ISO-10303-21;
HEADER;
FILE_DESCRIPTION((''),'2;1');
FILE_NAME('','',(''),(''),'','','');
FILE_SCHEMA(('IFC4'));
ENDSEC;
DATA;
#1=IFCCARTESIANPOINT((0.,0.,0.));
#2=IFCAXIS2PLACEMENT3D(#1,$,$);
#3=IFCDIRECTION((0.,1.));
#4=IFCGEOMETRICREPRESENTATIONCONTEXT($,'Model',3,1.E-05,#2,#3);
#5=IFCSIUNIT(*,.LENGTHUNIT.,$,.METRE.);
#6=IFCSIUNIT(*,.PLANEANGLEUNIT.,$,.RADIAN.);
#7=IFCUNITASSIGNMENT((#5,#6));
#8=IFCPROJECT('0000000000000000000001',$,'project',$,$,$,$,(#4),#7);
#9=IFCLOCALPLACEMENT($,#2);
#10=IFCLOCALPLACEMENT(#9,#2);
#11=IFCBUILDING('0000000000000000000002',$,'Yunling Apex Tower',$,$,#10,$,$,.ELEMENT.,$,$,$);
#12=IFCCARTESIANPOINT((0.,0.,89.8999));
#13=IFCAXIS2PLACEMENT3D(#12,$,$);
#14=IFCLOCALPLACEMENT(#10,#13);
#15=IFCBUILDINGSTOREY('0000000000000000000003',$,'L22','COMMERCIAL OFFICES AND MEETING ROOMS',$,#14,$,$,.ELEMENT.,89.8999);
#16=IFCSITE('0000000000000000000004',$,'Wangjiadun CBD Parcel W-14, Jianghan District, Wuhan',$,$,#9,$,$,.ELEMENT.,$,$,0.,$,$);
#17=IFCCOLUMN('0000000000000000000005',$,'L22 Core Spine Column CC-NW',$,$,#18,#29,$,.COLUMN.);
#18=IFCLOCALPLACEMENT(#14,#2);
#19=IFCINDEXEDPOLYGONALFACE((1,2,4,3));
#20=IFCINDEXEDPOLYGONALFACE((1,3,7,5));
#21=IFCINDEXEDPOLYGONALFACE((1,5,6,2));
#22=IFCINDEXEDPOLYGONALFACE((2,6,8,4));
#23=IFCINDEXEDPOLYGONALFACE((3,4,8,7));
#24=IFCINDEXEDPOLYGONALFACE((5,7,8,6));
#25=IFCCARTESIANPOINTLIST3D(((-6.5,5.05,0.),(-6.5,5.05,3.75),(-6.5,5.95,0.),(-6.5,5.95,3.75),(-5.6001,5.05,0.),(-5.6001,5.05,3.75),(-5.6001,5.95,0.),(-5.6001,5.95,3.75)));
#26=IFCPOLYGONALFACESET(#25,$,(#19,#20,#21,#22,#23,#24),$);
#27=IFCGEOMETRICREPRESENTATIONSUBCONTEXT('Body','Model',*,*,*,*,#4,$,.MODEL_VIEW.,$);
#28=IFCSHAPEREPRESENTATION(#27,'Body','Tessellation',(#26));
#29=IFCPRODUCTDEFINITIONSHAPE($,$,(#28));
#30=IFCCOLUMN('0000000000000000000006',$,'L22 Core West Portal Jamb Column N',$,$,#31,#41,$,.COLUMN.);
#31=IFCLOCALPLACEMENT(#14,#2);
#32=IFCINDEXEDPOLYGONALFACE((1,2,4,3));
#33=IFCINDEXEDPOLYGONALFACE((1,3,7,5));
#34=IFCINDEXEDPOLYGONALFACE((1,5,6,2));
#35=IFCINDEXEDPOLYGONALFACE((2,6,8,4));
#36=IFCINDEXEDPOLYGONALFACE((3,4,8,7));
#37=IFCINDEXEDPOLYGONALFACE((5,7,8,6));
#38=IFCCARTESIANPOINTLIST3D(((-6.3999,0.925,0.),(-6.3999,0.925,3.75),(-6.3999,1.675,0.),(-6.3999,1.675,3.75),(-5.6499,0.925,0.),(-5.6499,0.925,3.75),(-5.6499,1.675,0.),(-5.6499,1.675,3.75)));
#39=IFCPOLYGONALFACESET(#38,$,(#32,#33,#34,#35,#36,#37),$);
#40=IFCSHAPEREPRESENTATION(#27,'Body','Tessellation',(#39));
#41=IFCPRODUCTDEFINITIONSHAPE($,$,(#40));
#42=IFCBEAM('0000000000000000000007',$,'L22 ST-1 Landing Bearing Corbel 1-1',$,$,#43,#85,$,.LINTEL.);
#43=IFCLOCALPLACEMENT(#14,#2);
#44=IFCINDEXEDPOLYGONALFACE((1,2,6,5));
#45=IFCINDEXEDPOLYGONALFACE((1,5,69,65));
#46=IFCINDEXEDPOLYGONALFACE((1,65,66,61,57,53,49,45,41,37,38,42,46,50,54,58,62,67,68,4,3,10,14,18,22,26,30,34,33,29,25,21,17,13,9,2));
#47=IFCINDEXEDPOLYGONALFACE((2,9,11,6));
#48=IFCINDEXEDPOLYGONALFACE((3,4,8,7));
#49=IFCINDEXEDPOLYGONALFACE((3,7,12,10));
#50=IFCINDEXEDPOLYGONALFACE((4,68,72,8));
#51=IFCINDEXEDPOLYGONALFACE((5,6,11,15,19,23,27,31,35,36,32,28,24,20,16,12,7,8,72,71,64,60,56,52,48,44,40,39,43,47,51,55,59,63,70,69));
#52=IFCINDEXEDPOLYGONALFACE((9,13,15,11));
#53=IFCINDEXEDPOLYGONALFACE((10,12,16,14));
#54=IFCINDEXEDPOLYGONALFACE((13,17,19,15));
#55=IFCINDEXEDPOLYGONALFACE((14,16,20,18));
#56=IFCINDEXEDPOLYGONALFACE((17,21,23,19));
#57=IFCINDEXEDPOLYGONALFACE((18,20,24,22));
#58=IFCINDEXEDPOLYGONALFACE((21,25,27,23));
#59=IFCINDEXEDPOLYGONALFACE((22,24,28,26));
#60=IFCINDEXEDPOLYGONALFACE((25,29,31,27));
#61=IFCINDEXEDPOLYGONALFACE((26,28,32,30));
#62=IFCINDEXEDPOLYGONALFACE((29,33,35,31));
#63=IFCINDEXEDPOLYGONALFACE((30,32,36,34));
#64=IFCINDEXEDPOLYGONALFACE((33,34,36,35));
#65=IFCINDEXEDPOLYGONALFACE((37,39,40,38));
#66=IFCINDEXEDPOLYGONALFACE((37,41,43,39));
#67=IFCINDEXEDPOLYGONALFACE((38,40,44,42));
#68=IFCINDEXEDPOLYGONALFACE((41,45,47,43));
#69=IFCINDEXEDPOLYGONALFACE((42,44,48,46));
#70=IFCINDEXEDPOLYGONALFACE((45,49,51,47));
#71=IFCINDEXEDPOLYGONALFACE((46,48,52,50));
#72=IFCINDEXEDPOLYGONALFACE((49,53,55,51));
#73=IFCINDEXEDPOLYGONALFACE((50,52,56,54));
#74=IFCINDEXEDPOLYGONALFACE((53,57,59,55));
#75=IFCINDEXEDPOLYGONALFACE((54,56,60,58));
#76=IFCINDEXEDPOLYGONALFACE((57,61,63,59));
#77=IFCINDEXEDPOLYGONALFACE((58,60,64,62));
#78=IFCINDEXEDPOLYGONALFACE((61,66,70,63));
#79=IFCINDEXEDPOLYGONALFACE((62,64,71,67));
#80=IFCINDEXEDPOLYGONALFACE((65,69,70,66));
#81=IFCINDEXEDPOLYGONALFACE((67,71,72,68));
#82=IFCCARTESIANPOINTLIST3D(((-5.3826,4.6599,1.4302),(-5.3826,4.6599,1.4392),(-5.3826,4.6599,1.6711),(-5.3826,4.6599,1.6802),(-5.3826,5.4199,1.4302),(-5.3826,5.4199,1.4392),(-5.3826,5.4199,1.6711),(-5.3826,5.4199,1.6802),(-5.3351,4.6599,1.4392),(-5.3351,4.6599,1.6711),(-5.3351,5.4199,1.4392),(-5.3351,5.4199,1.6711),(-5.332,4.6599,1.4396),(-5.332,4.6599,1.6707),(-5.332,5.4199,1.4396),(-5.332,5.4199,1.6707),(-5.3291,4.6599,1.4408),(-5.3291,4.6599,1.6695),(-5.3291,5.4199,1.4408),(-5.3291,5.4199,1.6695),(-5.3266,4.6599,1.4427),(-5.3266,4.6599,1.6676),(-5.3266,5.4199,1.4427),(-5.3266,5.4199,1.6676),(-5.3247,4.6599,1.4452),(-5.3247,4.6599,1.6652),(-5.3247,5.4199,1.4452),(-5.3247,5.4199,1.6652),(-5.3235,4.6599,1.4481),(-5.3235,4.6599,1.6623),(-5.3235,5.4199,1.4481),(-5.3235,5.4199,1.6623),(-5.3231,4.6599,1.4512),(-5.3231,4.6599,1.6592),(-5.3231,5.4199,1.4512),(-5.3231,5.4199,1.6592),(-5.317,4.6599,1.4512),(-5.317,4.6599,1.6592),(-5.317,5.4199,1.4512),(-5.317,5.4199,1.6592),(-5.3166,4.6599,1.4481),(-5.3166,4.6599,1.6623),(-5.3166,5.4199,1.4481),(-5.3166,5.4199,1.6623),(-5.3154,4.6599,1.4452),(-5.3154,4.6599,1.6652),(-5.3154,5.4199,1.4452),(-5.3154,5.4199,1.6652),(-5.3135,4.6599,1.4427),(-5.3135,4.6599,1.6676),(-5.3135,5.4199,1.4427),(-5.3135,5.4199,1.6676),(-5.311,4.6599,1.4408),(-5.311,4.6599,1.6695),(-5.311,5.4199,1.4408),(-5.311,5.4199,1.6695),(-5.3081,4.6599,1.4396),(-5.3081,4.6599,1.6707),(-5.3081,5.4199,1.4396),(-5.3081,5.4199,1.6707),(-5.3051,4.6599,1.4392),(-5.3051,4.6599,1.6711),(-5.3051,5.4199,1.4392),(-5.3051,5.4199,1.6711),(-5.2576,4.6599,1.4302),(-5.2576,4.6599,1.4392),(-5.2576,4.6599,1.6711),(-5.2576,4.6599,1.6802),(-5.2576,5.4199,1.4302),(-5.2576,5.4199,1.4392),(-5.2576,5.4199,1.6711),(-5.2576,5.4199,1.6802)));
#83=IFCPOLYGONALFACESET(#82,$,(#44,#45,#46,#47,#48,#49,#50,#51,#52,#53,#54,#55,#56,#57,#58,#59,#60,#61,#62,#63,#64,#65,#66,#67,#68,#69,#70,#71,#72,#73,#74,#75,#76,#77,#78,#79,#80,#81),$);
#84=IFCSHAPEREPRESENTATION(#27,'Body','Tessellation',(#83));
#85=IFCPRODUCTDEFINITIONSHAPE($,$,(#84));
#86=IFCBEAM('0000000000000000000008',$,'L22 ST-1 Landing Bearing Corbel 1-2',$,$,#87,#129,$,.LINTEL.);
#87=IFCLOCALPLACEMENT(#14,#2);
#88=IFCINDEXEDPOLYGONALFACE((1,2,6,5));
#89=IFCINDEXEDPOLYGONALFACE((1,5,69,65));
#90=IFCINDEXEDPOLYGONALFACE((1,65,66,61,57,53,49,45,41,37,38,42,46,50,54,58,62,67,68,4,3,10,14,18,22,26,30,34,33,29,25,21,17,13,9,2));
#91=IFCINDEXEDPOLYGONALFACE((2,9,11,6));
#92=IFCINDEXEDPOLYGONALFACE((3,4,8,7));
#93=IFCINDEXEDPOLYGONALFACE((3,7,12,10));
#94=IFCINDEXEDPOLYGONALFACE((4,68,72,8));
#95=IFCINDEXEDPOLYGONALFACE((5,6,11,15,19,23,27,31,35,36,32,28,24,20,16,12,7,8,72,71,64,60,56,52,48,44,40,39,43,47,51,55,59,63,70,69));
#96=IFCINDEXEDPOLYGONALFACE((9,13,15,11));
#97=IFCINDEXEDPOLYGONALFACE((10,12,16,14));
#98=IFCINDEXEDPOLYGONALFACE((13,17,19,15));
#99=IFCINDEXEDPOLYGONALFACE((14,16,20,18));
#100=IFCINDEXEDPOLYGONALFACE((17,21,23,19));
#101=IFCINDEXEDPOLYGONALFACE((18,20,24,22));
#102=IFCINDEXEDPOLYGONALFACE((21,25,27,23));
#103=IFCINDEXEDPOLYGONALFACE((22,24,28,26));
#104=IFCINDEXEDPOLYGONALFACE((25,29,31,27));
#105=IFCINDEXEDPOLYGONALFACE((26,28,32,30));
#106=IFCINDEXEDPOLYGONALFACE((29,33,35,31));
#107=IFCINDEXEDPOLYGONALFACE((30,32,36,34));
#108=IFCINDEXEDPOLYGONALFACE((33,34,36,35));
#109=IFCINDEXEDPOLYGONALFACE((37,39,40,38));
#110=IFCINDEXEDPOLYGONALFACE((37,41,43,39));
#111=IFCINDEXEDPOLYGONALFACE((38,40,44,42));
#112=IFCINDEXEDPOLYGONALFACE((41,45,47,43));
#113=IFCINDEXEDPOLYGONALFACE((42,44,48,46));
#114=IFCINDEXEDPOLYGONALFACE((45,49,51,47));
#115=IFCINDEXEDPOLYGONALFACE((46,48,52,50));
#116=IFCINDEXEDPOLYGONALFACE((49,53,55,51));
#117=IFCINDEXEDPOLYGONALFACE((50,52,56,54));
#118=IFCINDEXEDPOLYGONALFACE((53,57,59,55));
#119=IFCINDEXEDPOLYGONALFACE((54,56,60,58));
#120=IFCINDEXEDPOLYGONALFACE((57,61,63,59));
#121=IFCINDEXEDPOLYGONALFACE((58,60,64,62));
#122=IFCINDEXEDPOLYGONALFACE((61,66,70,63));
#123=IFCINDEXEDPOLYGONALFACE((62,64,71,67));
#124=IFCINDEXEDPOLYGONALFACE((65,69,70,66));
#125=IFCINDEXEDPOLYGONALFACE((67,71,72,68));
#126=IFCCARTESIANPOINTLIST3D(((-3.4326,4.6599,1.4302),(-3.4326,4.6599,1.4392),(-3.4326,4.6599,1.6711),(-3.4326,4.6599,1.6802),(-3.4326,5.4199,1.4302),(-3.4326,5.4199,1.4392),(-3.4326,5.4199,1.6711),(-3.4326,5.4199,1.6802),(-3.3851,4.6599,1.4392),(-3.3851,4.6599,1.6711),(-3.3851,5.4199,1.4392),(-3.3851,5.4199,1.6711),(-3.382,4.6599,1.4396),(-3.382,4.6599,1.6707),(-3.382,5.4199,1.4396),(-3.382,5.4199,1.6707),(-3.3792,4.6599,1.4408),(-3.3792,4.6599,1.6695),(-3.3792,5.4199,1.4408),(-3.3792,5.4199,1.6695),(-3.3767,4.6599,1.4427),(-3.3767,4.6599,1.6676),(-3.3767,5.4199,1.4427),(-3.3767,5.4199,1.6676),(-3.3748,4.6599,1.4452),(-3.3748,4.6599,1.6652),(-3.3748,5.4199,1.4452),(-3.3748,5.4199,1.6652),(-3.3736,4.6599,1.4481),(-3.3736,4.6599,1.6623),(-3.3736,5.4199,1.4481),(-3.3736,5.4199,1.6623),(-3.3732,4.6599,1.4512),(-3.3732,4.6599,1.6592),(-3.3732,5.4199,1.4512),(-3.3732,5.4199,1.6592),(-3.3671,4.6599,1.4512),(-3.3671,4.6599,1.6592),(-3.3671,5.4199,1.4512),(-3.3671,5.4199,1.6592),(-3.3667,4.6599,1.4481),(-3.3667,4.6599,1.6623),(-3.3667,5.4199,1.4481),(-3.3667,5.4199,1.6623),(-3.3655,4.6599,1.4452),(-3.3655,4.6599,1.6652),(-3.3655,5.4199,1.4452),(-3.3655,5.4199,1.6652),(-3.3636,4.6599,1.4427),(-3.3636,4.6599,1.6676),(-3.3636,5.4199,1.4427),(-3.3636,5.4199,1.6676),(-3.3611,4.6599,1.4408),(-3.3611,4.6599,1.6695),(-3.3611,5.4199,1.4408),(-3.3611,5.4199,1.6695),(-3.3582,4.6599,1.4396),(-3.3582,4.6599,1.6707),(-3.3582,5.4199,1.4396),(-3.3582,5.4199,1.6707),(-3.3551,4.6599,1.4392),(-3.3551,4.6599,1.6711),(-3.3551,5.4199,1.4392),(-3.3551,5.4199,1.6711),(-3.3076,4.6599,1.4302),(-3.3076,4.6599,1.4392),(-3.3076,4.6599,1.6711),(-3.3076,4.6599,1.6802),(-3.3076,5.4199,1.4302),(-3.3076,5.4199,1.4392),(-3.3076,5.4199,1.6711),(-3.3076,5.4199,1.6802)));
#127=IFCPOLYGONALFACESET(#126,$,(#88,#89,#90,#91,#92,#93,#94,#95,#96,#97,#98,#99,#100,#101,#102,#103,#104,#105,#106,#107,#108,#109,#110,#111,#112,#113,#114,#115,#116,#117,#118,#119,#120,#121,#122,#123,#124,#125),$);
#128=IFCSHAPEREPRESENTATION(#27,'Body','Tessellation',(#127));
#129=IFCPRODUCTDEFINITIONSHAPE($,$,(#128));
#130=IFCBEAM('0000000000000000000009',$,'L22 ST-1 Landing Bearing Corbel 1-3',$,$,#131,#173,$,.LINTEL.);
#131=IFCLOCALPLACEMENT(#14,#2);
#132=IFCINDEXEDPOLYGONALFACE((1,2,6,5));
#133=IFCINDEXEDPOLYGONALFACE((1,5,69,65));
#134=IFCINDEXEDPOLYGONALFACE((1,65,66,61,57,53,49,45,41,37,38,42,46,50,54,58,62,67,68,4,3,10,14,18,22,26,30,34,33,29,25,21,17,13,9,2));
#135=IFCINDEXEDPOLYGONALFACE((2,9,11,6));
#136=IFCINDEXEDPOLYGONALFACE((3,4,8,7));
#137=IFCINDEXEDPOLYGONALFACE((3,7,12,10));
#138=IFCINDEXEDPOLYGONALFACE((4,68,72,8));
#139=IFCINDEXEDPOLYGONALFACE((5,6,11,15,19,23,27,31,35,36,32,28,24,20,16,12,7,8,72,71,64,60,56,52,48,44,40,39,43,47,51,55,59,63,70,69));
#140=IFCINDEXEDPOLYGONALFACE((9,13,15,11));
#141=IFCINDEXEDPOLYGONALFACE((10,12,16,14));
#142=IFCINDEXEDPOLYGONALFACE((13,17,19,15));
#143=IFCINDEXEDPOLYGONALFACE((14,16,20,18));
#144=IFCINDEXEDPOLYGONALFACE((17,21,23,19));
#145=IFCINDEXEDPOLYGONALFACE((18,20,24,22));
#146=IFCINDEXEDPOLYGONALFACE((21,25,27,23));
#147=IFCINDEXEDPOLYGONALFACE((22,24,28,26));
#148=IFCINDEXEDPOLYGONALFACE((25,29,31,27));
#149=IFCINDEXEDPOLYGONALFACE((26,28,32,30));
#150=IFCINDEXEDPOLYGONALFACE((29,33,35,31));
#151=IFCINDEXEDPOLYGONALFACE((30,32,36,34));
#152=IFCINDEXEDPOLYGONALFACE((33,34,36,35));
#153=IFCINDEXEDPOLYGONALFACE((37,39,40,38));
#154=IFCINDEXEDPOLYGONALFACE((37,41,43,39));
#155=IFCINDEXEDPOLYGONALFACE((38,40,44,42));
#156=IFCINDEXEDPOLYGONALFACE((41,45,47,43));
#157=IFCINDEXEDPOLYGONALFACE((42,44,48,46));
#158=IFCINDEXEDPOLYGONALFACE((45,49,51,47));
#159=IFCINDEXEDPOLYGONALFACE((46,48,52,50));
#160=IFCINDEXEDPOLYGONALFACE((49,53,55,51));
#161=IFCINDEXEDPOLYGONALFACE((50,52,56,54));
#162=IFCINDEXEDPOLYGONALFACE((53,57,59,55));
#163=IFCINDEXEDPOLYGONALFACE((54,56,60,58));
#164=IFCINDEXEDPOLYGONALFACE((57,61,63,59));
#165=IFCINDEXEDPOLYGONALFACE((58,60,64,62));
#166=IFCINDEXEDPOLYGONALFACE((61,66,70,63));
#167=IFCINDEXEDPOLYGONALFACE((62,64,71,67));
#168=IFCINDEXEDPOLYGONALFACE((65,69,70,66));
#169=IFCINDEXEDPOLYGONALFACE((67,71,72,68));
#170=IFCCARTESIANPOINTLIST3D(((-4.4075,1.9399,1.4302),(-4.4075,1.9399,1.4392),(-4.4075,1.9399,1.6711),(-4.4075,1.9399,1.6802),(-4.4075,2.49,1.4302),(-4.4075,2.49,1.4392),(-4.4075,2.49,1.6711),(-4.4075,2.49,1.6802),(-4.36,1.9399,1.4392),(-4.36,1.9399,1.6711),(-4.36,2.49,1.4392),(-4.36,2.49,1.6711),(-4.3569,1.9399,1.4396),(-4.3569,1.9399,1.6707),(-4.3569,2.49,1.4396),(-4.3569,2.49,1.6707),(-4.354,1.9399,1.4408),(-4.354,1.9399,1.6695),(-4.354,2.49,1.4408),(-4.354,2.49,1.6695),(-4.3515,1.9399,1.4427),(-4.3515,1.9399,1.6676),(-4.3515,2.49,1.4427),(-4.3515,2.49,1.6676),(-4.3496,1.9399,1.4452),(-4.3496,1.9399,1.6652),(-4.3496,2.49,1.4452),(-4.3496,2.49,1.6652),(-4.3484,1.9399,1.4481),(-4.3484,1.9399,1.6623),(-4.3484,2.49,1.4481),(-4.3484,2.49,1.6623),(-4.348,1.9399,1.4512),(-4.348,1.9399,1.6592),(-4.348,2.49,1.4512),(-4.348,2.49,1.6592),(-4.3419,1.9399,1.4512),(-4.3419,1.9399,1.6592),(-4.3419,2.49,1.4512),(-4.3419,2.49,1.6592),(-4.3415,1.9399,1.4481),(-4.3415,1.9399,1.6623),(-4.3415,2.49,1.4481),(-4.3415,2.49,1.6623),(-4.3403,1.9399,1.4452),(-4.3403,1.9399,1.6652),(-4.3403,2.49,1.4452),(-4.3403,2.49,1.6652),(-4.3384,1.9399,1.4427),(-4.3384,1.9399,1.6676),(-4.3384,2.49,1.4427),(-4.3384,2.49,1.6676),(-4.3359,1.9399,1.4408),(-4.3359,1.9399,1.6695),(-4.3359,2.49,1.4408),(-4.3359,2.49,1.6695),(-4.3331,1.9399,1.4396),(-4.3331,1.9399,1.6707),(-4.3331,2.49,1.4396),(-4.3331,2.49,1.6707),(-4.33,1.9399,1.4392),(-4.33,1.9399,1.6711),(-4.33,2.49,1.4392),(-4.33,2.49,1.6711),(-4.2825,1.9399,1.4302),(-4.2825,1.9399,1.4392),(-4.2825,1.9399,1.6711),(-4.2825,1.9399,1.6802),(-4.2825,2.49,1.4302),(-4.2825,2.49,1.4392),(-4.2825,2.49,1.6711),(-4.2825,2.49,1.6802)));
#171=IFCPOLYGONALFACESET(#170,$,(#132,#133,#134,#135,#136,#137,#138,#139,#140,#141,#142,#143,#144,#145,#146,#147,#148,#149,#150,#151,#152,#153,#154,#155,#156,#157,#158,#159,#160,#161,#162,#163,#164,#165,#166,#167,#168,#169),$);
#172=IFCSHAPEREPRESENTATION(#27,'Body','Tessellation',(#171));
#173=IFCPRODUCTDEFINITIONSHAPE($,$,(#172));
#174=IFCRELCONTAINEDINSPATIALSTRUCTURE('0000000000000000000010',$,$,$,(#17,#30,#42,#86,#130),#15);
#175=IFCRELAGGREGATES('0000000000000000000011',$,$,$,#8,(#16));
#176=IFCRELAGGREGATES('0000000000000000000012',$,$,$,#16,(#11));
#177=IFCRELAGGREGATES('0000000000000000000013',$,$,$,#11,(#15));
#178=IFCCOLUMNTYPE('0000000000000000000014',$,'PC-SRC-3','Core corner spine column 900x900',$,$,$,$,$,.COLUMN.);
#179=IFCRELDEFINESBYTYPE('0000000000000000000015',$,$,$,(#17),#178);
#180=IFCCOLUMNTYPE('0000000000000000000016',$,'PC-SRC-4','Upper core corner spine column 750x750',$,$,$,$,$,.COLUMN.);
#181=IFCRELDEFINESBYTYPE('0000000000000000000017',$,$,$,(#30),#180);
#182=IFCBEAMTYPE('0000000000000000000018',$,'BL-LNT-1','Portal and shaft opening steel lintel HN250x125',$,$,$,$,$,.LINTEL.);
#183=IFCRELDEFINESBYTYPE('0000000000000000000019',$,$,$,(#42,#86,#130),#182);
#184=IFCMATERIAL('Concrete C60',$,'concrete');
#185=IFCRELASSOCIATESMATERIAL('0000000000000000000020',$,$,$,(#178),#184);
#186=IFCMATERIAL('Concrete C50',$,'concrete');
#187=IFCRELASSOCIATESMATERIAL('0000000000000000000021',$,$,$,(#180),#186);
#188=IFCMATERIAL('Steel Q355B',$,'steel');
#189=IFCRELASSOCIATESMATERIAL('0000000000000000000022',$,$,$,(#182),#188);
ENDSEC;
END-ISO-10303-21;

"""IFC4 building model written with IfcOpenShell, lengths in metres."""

from ifc_helpers import new_model, si_unit, direction, frame, origin, origin_2d, place, context, subcontext, project, spatial, rectangle, i_section, extrude, source, transform, mapped, material, material_profile, profile_set, type_object, element, save


model = new_model("IFC4")

# Units and contexts
model_context = context("Model", 3, precision=1e-05, world=origin(), true_north=direction((0.0, 1.0)))
body_context = subcontext(model_context, "Body", "Model", "MODEL_VIEW")
ifc_project = project(units=[si_unit("LENGTHUNIT", "METRE"), si_unit("PLANEANGLEUNIT", "RADIAN")], contexts=[model_context])

# Site, building, storey
site_placement = place(None, origin())
site = spatial("IfcSite", under=ifc_project, at=site_placement, Name="Wangjiadun CBD Parcel W-14, Jianghan District, Wuhan", CompositionType="ELEMENT", RefElevation=0.0)
building_placement = place(site_placement, origin())
building = spatial("IfcBuilding", under=site, at=building_placement, Name="Yunling Apex Tower", CompositionType="ELEMENT")
storey_placement = place(building_placement, frame((0.0, 0.0, 89.8999)))
storey = spatial("IfcBuildingStorey", under=building, at=storey_placement, Name="L22", Description="COMMERCIAL OFFICES AND MEETING ROOMS", CompositionType="ELEMENT", Elevation=89.8999)

# Columns
ifc_material_1 = material(Name="Concrete C60", Category="concrete")
ifc_material_profile_1 = material_profile(ifc_material_1, rectangle(XDim=0.8999, YDim=0.8999, at=origin_2d()))
ifc_profile_set_1 = profile_set([ifc_material_profile_1], Name="Concrete C60")
column_type_1 = type_object("IfcColumnType", Name="PC-SRC-3", Description="Core corner spine column 900x900", PredefinedType="COLUMN", material=ifc_profile_set_1)
shared_shape_1 = source(origin(), body_context, "Body", "SweptSolid", [
    extrude(rectangle(XDim=0.8999, YDim=0.8999, at=origin_2d()), origin(), (0.0, 0.0, 1.0), 3.75),
])
column_1_placement = place(storey_placement, frame((-6.05, 5.5, 0.0), z_axis=(0.0, 0.0, 1.0), x_axis=(1.0, 0.0, 0.0)))
element("IfcColumn", 1, at=column_1_placement, inside=storey, type_object=column_type_1, Name="L22 Core Spine Column CC-NW", PredefinedType="COLUMN", context=body_context, shape_type="MappedRepresentation", body=[
    mapped(shared_shape_1, transform((0.0, 0.0, 0.0), scale=1.0)),
])
ifc_material_2 = material(Name="Concrete C50", Category="concrete")
ifc_material_profile_2 = material_profile(ifc_material_2, rectangle(XDim=0.75, YDim=0.75, at=origin_2d()))
ifc_profile_set_2 = profile_set([ifc_material_profile_2], Name="Concrete C50")
column_type_2 = type_object("IfcColumnType", Name="PC-SRC-4", Description="Upper core corner spine column 750x750", PredefinedType="COLUMN", material=ifc_profile_set_2)
shared_shape_2 = source(origin(), body_context, "Body", "SweptSolid", [
    extrude(rectangle(XDim=0.75, YDim=0.75, at=origin_2d()), origin(), (0.0, 0.0, 1.0), 3.75),
])
column_2_placement = place(storey_placement, frame((-6.0249, 1.3, 0.0), z_axis=(0.0, 0.0, 1.0), x_axis=(1.0, 0.0, 0.0)))
element("IfcColumn", 2, at=column_2_placement, inside=storey, type_object=column_type_2, Name="L22 Core West Portal Jamb Column N", PredefinedType="COLUMN", context=body_context, shape_type="MappedRepresentation", body=[
    mapped(shared_shape_2, transform((0.0, 0.0, 0.0), scale=1.0)),
])

# Beams
ifc_material_3 = material(Name="Steel Q355B", Category="steel")
ifc_material_profile_3 = material_profile(ifc_material_3, i_section(OverallWidth=0.125, OverallDepth=0.25, WebThickness=0.0061, FlangeThickness=0.009, FilletRadius=0.012, at=origin_2d()))
ifc_profile_set_3 = profile_set([ifc_material_profile_3], Name="Steel Q355B")
beam_type_1 = type_object("IfcBeamType", Name="BL-LNT-1", Description="Portal and shaft opening steel lintel HN250x125", PredefinedType="LINTEL", material=ifc_profile_set_3)
shared_shape_3 = source(origin(), body_context, "Body", "SweptSolid", [
    extrude(i_section(OverallWidth=0.125, OverallDepth=0.25, WebThickness=0.0061, FlangeThickness=0.009, FilletRadius=0.012, at=origin_2d()), origin(), (0.0, 0.0, 1.0), 0.76),
])
for number, where, z_axis, x_axis, name in (
    (3, (-5.3201, 5.4199, 1.5552), (0.0, -1.0, 0.0), (1.0, 0.0, 0.0), "L22 ST-1 Landing Bearing Corbel 1-1"),
    (4, (-3.3701, 5.4199, 1.5552), (0.0, -1.0, 0.0), (1.0, 0.0, 0.0), "L22 ST-1 Landing Bearing Corbel 1-2"),
):
    element("IfcBeam", number, at=place(storey_placement, frame(where, z_axis=z_axis, x_axis=x_axis)), inside=storey, type_object=beam_type_1, Name=name, PredefinedType="LINTEL", context=body_context, shape_type="MappedRepresentation", body=[
        mapped(shared_shape_3, transform((0.0, 0.0, 0.0), scale=1.0)),
    ])
shared_shape_4 = source(origin(), body_context, "Body", "SweptSolid", [
    extrude(i_section(OverallWidth=0.125, OverallDepth=0.25, WebThickness=0.0061, FlangeThickness=0.009, FilletRadius=0.012, at=origin_2d()), origin(), (0.0, 0.0, 1.0), 0.55),
])
beam_1_placement = place(storey_placement, frame((-4.345, 1.9399, 1.5552), z_axis=(0.0, 1.0, 0.0), x_axis=(-1.0, 0.0, 0.0)))
element("IfcBeam", 5, at=beam_1_placement, inside=storey, type_object=beam_type_1, Name="L22 ST-1 Landing Bearing Corbel 1-3", PredefinedType="LINTEL", context=body_context, shape_type="MappedRepresentation", body=[
    mapped(shared_shape_4, transform((0.0, 0.0, 0.0), scale=1.0)),
])

save(model, "model.ifc")
